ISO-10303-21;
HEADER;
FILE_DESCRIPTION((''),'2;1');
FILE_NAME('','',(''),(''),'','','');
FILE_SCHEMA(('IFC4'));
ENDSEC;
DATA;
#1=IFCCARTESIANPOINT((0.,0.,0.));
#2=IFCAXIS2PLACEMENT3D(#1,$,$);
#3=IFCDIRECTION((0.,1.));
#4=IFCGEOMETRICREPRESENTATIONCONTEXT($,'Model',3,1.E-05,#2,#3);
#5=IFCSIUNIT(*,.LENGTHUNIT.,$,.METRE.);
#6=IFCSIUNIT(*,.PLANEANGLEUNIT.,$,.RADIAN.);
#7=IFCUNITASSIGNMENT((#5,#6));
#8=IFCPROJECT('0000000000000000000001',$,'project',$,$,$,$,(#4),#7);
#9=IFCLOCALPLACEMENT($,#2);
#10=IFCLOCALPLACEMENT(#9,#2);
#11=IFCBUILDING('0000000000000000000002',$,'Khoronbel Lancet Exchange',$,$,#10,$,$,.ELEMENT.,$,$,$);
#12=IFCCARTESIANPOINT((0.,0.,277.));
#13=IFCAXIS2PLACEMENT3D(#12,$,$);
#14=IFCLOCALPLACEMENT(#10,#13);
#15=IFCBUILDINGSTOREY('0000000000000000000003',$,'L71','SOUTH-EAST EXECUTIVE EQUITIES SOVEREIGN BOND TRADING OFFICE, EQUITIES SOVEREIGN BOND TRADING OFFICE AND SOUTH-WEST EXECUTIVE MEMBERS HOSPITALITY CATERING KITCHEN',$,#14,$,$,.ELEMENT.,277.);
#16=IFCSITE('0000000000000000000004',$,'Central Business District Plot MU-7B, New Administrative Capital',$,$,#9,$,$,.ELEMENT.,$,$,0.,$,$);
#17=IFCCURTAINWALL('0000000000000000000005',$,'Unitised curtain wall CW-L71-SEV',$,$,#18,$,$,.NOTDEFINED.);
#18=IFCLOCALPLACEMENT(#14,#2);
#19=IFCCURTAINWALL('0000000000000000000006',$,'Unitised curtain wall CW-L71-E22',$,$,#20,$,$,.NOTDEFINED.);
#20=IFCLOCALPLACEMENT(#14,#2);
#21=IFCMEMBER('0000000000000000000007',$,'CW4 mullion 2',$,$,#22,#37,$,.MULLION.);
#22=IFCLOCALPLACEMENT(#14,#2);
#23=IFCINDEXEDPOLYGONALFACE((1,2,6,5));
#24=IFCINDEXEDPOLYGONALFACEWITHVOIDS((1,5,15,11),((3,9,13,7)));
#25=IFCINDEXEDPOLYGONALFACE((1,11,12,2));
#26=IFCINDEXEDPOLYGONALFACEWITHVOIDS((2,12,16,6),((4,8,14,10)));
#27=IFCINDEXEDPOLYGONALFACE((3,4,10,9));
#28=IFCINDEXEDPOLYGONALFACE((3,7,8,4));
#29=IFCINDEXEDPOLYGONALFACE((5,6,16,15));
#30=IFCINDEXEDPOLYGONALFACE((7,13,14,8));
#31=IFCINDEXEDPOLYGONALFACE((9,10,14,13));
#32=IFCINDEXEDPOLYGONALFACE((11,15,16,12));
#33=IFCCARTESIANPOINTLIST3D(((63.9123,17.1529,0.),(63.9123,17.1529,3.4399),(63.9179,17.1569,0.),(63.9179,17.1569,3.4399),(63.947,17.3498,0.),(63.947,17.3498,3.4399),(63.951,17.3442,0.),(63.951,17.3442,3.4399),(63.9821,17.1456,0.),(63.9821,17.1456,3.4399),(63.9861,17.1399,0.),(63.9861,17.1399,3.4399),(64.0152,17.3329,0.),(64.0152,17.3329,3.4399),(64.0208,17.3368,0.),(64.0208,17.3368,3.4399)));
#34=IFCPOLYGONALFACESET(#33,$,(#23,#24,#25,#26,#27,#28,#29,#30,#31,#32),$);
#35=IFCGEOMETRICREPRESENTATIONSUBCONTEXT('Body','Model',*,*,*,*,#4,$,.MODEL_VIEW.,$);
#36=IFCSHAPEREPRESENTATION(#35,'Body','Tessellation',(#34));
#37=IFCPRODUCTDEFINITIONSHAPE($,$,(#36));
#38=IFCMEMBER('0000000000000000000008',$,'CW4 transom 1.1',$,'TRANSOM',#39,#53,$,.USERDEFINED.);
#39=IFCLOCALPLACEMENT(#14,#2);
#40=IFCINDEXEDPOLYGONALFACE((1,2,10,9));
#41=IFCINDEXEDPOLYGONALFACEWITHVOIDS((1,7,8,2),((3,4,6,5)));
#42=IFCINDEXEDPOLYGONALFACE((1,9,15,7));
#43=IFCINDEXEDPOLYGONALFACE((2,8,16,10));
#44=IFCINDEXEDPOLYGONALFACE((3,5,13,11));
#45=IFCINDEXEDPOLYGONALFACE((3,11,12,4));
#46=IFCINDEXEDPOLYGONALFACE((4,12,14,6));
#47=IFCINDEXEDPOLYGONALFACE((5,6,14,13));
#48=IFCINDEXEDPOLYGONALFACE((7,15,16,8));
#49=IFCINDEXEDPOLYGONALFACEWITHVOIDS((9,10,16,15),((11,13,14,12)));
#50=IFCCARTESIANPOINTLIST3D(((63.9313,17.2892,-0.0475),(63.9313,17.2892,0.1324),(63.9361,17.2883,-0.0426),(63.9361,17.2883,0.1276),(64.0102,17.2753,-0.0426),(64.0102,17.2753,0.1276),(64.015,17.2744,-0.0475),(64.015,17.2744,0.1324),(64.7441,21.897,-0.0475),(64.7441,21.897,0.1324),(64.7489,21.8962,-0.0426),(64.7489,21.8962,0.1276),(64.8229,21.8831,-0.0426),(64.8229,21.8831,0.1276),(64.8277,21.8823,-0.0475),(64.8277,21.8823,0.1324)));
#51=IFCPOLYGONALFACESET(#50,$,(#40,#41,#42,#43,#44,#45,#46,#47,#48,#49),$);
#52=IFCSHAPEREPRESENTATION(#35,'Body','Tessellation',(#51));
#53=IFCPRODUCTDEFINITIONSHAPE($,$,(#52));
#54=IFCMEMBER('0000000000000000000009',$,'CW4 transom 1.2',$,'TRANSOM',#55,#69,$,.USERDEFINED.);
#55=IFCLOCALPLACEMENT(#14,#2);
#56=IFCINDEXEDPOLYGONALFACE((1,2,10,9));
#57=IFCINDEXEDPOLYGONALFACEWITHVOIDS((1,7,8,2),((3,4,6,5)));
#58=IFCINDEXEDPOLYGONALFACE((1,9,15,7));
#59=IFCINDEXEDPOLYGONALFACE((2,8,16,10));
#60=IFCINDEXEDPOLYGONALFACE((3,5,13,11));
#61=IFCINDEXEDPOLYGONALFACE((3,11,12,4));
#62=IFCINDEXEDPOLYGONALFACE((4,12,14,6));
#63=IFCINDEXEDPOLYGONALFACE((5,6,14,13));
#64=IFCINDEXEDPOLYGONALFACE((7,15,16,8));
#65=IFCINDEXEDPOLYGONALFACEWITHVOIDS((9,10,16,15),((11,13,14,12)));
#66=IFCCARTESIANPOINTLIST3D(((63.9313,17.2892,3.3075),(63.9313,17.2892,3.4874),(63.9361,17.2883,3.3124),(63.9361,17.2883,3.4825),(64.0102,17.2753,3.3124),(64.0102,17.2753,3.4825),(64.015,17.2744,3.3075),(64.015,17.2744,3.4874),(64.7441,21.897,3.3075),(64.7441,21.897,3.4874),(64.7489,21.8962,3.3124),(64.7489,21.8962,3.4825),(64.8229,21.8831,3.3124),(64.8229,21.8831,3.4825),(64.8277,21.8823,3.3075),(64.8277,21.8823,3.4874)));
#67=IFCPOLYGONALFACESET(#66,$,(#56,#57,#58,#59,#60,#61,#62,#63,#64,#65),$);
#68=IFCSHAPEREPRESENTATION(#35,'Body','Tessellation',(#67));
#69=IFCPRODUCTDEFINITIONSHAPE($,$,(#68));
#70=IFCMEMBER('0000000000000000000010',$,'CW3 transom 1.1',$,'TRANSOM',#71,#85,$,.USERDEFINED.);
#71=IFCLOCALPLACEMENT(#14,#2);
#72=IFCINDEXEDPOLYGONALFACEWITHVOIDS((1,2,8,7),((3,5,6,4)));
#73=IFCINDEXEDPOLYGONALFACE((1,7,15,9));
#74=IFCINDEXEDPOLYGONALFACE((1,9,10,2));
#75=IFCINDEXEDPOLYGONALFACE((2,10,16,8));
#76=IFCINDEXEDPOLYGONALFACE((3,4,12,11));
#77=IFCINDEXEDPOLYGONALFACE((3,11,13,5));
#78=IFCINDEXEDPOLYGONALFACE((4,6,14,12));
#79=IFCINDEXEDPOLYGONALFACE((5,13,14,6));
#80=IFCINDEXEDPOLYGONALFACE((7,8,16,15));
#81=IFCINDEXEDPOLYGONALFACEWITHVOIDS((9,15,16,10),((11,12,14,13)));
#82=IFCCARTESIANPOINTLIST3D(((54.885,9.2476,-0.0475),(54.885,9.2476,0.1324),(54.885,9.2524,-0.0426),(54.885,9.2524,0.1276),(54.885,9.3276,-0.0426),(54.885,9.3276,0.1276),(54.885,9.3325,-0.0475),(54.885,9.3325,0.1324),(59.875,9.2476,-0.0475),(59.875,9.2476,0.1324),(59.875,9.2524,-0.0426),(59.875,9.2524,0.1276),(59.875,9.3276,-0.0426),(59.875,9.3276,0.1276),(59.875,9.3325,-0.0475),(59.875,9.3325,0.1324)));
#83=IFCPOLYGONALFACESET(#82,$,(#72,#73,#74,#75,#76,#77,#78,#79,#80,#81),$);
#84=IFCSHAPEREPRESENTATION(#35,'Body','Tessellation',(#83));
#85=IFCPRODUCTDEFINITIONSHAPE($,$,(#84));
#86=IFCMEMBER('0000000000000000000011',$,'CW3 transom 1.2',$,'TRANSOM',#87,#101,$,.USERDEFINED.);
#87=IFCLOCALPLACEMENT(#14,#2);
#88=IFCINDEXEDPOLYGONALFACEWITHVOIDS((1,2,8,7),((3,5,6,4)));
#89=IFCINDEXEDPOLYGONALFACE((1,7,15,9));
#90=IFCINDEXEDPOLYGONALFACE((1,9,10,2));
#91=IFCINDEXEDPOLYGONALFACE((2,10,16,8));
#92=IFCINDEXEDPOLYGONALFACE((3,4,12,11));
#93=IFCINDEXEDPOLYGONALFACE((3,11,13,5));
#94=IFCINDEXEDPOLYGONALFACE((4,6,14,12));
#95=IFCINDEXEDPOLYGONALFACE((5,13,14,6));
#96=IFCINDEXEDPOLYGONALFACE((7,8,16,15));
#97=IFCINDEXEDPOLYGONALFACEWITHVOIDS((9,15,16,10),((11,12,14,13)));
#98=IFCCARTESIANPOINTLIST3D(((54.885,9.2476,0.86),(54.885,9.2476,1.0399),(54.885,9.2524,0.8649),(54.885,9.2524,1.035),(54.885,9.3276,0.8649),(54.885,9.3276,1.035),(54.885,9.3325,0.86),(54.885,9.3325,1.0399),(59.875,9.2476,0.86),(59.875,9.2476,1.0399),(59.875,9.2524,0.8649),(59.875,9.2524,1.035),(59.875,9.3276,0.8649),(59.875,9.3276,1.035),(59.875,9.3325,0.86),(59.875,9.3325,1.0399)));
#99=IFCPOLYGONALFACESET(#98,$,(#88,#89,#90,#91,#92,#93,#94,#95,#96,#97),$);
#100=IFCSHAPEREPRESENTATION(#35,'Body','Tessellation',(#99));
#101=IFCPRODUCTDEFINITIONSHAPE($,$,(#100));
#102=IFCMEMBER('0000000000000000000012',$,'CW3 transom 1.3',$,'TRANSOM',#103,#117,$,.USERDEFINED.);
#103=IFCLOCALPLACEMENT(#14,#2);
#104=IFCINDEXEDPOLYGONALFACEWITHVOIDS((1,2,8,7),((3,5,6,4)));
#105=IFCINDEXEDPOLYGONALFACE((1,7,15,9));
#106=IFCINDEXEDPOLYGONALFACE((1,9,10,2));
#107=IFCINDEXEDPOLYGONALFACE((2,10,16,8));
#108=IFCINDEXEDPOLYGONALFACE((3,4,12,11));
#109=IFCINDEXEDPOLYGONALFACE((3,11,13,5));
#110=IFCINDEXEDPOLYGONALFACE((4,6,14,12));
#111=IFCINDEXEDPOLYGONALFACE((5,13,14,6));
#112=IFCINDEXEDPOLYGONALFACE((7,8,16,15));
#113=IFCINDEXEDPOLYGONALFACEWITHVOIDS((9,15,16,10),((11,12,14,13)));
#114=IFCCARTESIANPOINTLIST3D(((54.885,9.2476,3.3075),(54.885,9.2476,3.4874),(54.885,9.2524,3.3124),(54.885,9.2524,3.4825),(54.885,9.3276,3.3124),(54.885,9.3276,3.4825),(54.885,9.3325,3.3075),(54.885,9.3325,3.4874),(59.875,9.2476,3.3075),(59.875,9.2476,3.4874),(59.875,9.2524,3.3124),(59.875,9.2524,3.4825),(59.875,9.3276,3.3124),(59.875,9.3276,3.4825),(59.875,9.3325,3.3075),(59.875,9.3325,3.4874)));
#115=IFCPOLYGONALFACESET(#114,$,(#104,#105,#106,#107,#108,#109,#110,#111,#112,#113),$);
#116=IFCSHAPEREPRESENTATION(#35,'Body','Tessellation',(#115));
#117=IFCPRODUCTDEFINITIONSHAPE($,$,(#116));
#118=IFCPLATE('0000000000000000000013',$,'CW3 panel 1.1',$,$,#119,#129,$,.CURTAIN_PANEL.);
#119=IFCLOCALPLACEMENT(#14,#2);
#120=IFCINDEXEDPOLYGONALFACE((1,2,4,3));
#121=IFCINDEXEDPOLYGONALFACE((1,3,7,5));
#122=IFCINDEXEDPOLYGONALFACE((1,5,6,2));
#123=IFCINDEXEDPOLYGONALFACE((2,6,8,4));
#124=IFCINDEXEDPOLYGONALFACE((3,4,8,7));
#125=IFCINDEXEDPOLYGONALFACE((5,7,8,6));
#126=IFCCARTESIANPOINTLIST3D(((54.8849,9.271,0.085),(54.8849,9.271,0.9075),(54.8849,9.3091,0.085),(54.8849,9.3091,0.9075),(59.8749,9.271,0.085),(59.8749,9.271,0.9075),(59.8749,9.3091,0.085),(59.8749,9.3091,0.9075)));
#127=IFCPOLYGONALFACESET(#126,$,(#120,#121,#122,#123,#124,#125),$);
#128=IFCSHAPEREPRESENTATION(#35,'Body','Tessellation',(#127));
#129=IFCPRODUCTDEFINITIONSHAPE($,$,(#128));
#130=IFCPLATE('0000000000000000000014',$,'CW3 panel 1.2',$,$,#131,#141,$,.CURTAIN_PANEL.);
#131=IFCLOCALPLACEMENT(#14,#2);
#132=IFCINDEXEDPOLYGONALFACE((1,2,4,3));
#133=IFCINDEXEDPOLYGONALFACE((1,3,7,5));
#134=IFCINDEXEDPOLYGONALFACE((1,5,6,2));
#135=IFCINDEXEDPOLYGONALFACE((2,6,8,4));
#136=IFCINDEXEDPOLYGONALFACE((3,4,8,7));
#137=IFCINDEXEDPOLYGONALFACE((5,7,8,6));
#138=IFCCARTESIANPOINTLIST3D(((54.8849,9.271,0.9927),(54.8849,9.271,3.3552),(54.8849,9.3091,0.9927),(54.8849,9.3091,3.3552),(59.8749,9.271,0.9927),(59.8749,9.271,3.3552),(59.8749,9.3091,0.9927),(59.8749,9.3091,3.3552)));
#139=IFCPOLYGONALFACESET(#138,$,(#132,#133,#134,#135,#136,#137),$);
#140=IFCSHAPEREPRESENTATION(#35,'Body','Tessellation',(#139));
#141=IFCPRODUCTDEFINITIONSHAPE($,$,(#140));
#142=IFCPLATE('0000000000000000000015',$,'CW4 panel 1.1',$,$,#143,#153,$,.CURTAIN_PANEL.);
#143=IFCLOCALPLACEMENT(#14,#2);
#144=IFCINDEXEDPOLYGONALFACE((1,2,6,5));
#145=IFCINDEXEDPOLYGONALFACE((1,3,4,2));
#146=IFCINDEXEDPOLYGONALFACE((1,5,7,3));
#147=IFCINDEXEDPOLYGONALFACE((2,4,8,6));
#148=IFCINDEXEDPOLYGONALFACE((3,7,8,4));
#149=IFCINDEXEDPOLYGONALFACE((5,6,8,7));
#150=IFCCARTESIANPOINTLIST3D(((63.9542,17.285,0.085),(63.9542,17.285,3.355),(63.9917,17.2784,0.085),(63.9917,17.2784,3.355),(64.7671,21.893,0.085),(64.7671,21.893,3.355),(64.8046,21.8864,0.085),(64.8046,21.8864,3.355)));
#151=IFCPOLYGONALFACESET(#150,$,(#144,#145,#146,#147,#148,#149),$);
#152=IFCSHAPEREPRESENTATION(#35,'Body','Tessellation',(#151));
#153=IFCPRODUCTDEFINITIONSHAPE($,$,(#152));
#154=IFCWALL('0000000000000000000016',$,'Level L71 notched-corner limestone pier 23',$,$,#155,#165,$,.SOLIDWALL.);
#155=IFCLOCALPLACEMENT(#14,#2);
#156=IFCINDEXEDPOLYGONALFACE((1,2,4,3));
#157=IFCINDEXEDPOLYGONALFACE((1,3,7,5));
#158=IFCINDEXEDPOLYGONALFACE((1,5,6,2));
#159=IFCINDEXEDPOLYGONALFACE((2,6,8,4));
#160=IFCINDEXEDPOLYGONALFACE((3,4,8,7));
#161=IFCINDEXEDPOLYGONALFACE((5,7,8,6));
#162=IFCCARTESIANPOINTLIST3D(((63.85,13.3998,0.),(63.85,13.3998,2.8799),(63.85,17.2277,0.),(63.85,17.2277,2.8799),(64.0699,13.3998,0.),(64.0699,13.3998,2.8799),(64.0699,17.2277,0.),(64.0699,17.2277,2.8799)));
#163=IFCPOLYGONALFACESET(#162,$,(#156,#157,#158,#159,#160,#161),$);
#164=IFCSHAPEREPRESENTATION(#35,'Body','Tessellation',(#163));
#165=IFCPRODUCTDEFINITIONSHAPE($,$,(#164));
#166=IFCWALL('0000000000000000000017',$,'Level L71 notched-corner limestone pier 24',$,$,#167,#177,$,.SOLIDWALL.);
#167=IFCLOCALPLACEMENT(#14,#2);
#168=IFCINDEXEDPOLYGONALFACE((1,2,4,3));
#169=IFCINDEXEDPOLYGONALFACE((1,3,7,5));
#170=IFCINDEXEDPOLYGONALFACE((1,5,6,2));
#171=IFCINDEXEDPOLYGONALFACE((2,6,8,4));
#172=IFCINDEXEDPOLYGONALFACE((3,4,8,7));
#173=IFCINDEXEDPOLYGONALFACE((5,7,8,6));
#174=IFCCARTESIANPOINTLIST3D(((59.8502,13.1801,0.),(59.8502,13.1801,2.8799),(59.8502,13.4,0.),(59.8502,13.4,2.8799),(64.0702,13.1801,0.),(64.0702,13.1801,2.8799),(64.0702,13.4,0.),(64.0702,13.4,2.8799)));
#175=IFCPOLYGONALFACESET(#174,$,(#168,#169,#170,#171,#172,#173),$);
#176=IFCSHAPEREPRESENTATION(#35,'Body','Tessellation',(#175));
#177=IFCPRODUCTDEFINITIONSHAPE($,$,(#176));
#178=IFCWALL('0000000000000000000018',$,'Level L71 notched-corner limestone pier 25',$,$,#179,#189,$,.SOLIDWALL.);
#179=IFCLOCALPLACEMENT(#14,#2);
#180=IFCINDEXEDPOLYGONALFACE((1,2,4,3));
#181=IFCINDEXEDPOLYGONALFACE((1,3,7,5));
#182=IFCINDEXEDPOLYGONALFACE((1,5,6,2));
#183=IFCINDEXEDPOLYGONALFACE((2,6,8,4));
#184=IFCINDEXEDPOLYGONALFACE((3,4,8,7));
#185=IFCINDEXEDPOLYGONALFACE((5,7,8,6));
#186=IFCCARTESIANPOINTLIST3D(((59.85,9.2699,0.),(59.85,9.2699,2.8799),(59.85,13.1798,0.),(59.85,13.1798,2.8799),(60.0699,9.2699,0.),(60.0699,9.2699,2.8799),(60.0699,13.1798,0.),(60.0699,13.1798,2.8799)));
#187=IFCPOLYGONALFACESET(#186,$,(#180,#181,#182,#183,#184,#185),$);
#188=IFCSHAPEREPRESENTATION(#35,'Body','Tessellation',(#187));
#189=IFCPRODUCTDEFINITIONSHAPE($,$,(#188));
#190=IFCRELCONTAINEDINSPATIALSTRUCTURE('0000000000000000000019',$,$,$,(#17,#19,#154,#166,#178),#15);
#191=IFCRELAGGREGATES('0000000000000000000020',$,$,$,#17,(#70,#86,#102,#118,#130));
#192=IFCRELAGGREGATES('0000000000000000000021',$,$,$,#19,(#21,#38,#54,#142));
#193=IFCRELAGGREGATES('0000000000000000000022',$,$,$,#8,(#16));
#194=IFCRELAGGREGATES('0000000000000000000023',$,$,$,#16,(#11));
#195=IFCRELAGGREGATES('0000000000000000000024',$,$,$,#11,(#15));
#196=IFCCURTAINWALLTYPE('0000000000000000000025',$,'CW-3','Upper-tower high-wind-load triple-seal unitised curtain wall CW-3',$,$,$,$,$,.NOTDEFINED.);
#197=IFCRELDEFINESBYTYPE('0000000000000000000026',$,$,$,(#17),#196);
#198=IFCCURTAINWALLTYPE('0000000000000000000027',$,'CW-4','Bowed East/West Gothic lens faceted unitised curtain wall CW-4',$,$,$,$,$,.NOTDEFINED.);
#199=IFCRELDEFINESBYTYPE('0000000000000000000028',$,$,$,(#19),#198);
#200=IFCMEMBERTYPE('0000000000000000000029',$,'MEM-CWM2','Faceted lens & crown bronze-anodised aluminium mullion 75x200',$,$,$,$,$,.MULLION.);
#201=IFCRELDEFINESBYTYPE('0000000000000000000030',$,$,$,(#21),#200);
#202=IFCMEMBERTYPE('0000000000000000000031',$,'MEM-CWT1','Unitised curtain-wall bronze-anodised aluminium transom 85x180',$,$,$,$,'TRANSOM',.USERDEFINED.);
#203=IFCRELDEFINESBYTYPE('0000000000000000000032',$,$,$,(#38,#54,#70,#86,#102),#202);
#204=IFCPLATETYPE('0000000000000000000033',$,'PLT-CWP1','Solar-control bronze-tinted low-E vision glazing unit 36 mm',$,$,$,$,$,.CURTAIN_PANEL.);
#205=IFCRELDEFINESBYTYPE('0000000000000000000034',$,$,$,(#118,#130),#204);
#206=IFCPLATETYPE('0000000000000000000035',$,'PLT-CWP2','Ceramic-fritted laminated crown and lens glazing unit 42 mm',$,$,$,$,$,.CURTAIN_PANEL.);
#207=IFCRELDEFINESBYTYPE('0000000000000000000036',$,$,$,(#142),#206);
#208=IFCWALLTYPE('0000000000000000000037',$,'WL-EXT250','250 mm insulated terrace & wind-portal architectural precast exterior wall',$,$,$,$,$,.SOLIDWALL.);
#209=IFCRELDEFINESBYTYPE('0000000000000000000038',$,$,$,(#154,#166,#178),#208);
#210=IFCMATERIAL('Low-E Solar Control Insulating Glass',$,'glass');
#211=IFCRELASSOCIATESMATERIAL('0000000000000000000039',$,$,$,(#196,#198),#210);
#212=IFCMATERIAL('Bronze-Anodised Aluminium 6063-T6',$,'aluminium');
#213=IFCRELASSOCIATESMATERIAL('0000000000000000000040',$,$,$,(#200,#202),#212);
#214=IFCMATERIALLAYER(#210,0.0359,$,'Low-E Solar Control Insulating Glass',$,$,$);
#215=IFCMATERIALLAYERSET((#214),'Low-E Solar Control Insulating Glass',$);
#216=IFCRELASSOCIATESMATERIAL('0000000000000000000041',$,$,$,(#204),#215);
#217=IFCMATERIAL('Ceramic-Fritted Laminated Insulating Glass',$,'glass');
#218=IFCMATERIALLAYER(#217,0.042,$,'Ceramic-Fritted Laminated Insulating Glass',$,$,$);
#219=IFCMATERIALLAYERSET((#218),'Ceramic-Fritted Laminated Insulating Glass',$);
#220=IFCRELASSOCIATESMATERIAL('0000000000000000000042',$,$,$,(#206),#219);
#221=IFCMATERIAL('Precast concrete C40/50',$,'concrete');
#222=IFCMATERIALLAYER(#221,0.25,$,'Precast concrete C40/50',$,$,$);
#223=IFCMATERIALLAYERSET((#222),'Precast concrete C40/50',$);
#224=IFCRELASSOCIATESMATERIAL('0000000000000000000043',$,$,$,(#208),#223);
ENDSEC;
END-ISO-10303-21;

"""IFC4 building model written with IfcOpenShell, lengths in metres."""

from ifc_helpers import new_model, si_unit, direction, frame, frame_2d, origin, origin_2d, place, context, subcontext, project, spatial, rectangle, hollow_rectangle, extrude, material, layer, layer_set, material_profile, profile_set, type_object, element, aggregate, save


model = new_model("IFC4")

# Units and contexts
model_context = context("Model", 3, precision=1e-05, world=origin(), true_north=direction((0.0, 1.0)))
body_context = subcontext(model_context, "Body", "Model", "MODEL_VIEW")
ifc_project = project(units=[si_unit("LENGTHUNIT", "METRE"), si_unit("PLANEANGLEUNIT", "RADIAN")], contexts=[model_context])

# Site, building, storey
site_placement = place(None, origin())
site = spatial("IfcSite", under=ifc_project, at=site_placement, Name="Central Business District Plot MU-7B, New Administrative Capital", CompositionType="ELEMENT", RefElevation=0.0)
building_placement = place(site_placement, origin())
building = spatial("IfcBuilding", under=site, at=building_placement, Name="Khoronbel Lancet Exchange", CompositionType="ELEMENT")
storey_placement = place(building_placement, frame((0.0, 0.0, 277.0)))
storey = spatial("IfcBuildingStorey", under=building, at=storey_placement, Name="L71", Description="SOUTH-EAST EXECUTIVE EQUITIES SOVEREIGN BOND TRADING OFFICE, EQUITIES SOVEREIGN BOND TRADING OFFICE AND SOUTH-WEST EXECUTIVE MEMBERS HOSPITALITY CATERING KITCHEN", CompositionType="ELEMENT", Elevation=277.0)

# Shared definitions
ifc_material_1 = material(Name="Low-E Solar Control Insulating Glass", Category="glass")
curtain_wall_type_1 = type_object("IfcCurtainWallType", Name="CW-3", Description="Upper-tower high-wind-load triple-seal unitised curtain wall CW-3", PredefinedType="NOTDEFINED", material=ifc_material_1)
ifc_material_2 = material(Name="Bronze-Anodised Aluminium 6063-T6", Category="aluminium")

# Curtain wall
curtain_wall_1_placement = place(storey_placement, origin())
curtain_wall_1 = element("IfcCurtainWall", 1, at=curtain_wall_1_placement, inside=storey, type_object=curtain_wall_type_1, Name="Unitised curtain wall CW-L71-SEV", PredefinedType="NOTDEFINED")

# Shared definitions
curtain_wall_type_2 = type_object("IfcCurtainWallType", Name="CW-4", Description="Bowed East/West Gothic lens faceted unitised curtain wall CW-4", PredefinedType="NOTDEFINED", material=ifc_material_1)
ifc_material_profile_1 = material_profile(ifc_material_2, hollow_rectangle(XDim=0.075, YDim=0.2, WallThickness=0.0049, at=origin_2d()), Name="ALU MULLION 75x200")
ifc_profile_set_1 = profile_set([ifc_material_profile_1], Name="Bronze-Anodised Aluminium 6063-T6")
member_type_1 = type_object("IfcMemberType", Name="MEM-CWM2", Description="Faceted lens & crown bronze-anodised aluminium mullion 75x200", PredefinedType="MULLION", material=ifc_profile_set_1)

# Curtain wall, members
curtain_wall_2_placement = place(storey_placement, origin())
curtain_wall_2 = element("IfcCurtainWall", 2, at=curtain_wall_2_placement, inside=storey, type_object=curtain_wall_type_2, Name="Unitised curtain wall CW-L71-E22", PredefinedType="NOTDEFINED")
member_1_placement = place(storey_placement, frame((63.9666, 17.2449, 0.0), z_axis=(0.0, 0.0, 1.0), x_axis=(0.984792, -0.173737, 0.0)))
member_1 = element("IfcMember", 3, at=member_1_placement, type_object=member_type_1, Name="CW4 mullion 2", PredefinedType="MULLION", context=body_context, shape_type="SweptSolid", body=[
    extrude(hollow_rectangle(XDim=0.075, YDim=0.2, WallThickness=0.0049, at=origin_2d()), origin(), (0.0, 0.0, 1.0), 3.4399),
])
ifc_material_profile_2 = material_profile(ifc_material_2, hollow_rectangle(XDim=0.085, YDim=0.1799, WallThickness=0.0049, at=origin_2d()), Name="ALU TRANSOM 85x180")
ifc_profile_set_2 = profile_set([ifc_material_profile_2], Name="Bronze-Anodised Aluminium 6063-T6")
member_type_2 = type_object("IfcMemberType", Name="MEM-CWT1", Description="Unitised curtain-wall bronze-anodised aluminium transom 85x180", ElementType="TRANSOM", PredefinedType="USERDEFINED", material=ifc_profile_set_2)
member_2_placement = place(storey_placement, frame((64.7859, 21.8896, 0.0425), z_axis=(-0.173699, -0.984799, 0.0), x_axis=(0.984799, -0.173699, 0.0)))
member_2 = element("IfcMember", 4, at=member_2_placement, type_object=member_type_2, Name="CW4 transom 1.1", ObjectType="TRANSOM", PredefinedType="USERDEFINED", context=body_context, shape_type="SweptSolid", body=[
    extrude(hollow_rectangle(XDim=0.085, YDim=0.1799, WallThickness=0.0049, at=origin_2d()), origin(), (0.0, 0.0, 1.0), 4.679),
])
member_3_placement = place(storey_placement, frame((64.7859, 21.8896, 3.3975), z_axis=(-0.173699, -0.984799, 0.0), x_axis=(0.984799, -0.173699, 0.0)))
member_3 = element("IfcMember", 5, at=member_3_placement, type_object=member_type_2, Name="CW4 transom 1.2", ObjectType="TRANSOM", PredefinedType="USERDEFINED", context=body_context, shape_type="SweptSolid", body=[
    extrude(hollow_rectangle(XDim=0.085, YDim=0.1799, WallThickness=0.0049, at=origin_2d()), origin(), (0.0, 0.0, 1.0), 4.679),
])

# Members
member_4_placement = place(storey_placement, frame((54.885, 9.29, 0.0425), z_axis=(1.0, 0.0, 0.0), x_axis=(0.0, 1.0, 0.0)))
member_4 = element("IfcMember", 6, at=member_4_placement, type_object=member_type_2, Name="CW3 transom 1.1", ObjectType="TRANSOM", PredefinedType="USERDEFINED", context=body_context, shape_type="SweptSolid", body=[
    extrude(hollow_rectangle(XDim=0.085, YDim=0.1799, WallThickness=0.0049, at=origin_2d()), origin(), (0.0, 0.0, 1.0), 4.99),
])
member_5_placement = place(storey_placement, frame((54.885, 9.29, 0.95), z_axis=(1.0, 0.0, 0.0), x_axis=(0.0, 1.0, 0.0)))
member_5 = element("IfcMember", 7, at=member_5_placement, type_object=member_type_2, Name="CW3 transom 1.2", ObjectType="TRANSOM", PredefinedType="USERDEFINED", context=body_context, shape_type="SweptSolid", body=[
    extrude(hollow_rectangle(XDim=0.085, YDim=0.1799, WallThickness=0.0049, at=origin_2d()), origin(), (0.0, 0.0, 1.0), 4.99),
])
member_6_placement = place(storey_placement, frame((54.885, 9.29, 3.3975), z_axis=(1.0, 0.0, 0.0), x_axis=(0.0, 1.0, 0.0)))
member_6 = element("IfcMember", 8, at=member_6_placement, type_object=member_type_2, Name="CW3 transom 1.3", ObjectType="TRANSOM", PredefinedType="USERDEFINED", context=body_context, shape_type="SweptSolid", body=[
    extrude(hollow_rectangle(XDim=0.085, YDim=0.1799, WallThickness=0.0049, at=origin_2d()), origin(), (0.0, 0.0, 1.0), 4.99),
])

# Plates
ifc_layer_1 = layer(ifc_material_1, 0.0359, Name="Low-E Solar Control Insulating Glass")
ifc_layer_set_1 = layer_set([ifc_layer_1], Name="Low-E Solar Control Insulating Glass")
plate_type_1 = type_object("IfcPlateType", Name="PLT-CWP1", Description="Solar-control bronze-tinted low-E vision glazing unit 36 mm", PredefinedType="CURTAIN_PANEL", material=ifc_layer_set_1)
plate_1_placement = place(storey_placement, frame((57.3799, 9.29, 0.085), z_axis=(0.0, 0.0, 1.0), x_axis=(1.0, 0.0, 0.0)))
plate_1 = element("IfcPlate", 9, at=plate_1_placement, type_object=plate_type_1, Name="CW3 panel 1.1", PredefinedType="CURTAIN_PANEL", context=body_context, shape_type="SweptSolid", body=[
    extrude(rectangle(XDim=4.99, YDim=0.0381, at=origin_2d()), origin(), (0.0, 0.0, 1.0), 0.8225),
])
plate_2_placement = place(storey_placement, frame((57.3799, 9.29, 0.9927), z_axis=(0.0, 0.0, 1.0), x_axis=(1.0, 0.0, 0.0)))
plate_2 = element("IfcPlate", 10, at=plate_2_placement, type_object=plate_type_1, Name="CW3 panel 1.2", PredefinedType="CURTAIN_PANEL", context=body_context, shape_type="SweptSolid", body=[
    extrude(rectangle(XDim=4.99, YDim=0.0381, at=origin_2d()), origin(), (0.0, 0.0, 1.0), 2.3625),
])
aggregate(curtain_wall_1, [member_4, member_5, member_6, plate_1, plate_2])
ifc_material_3 = material(Name="Ceramic-Fritted Laminated Insulating Glass", Category="glass")
ifc_layer_2 = layer(ifc_material_3, 0.042, Name="Ceramic-Fritted Laminated Insulating Glass")
ifc_layer_set_2 = layer_set([ifc_layer_2], Name="Ceramic-Fritted Laminated Insulating Glass")
plate_type_2 = type_object("IfcPlateType", Name="PLT-CWP2", Description="Ceramic-fritted laminated crown and lens glazing unit 42 mm", PredefinedType="CURTAIN_PANEL", material=ifc_layer_set_2)
plate_3_placement = place(storey_placement, frame((64.3794, 19.5857, 0.085), z_axis=(0.0, 0.0, 1.0), x_axis=(-0.173737, -0.984792, 0.0)))
plate_3 = element("IfcPlate", 11, at=plate_3_placement, type_object=plate_type_2, Name="CW4 panel 1.1", PredefinedType="CURTAIN_PANEL", context=body_context, shape_type="SweptSolid", body=[
    extrude(rectangle(XDim=4.6792, YDim=0.0381, at=origin_2d()), origin(), (0.0, 0.0, 1.0), 3.27),
])
aggregate(curtain_wall_2, [member_1, member_2, member_3, plate_3])

# Walls
ifc_material_4 = material(Name="Precast concrete C40/50", Category="concrete")
ifc_layer_3 = layer(ifc_material_4, 0.25, Name="Precast concrete C40/50")
ifc_layer_set_3 = layer_set([ifc_layer_3], Name="Precast concrete C40/50")
wall_type_1 = type_object("IfcWallType", Name="WL-EXT250", Description="250 mm insulated terrace & wind-portal architectural precast exterior wall", PredefinedType="SOLIDWALL", material=ifc_layer_set_3)
wall_1_placement = place(storey_placement, frame((63.96, 17.2278, 0.0), z_axis=(0.0, 0.0, 1.0), x_axis=(0.0, -1.0, 0.0)))
element("IfcWall", 12, at=wall_1_placement, inside=storey, type_object=wall_type_1, Name="Level L71 notched-corner limestone pier 23", PredefinedType="SOLIDWALL", context=body_context, shape_type="SweptSolid", body=[
    extrude(rectangle(XDim=3.8279, YDim=0.22, at=frame_2d((1.9141, 0.0))), origin(), (0.0, 0.0, 1.0), 2.8799),
])
wall_2_placement = place(storey_placement, frame((64.0701, 13.29, 0.0), z_axis=(0.0, 0.0, 1.0), x_axis=(-1.0, 0.0, 0.0)))
element("IfcWall", 13, at=wall_2_placement, inside=storey, type_object=wall_type_1, Name="Level L71 notched-corner limestone pier 24", PredefinedType="SOLIDWALL", context=body_context, shape_type="SweptSolid", body=[
    extrude(rectangle(XDim=4.22, YDim=0.22, at=frame_2d((2.1099, 0.0))), origin(), (0.0, 0.0, 1.0), 2.8799),
])
wall_3_placement = place(storey_placement, frame((59.96, 13.1799, 0.0), z_axis=(0.0, 0.0, 1.0), x_axis=(0.0, -1.0, 0.0)))
element("IfcWall", 14, at=wall_3_placement, inside=storey, type_object=wall_type_1, Name="Level L71 notched-corner limestone pier 25", PredefinedType="SOLIDWALL", context=body_context, shape_type="SweptSolid", body=[
    extrude(rectangle(XDim=3.9099, YDim=0.22, at=frame_2d((1.9551, 0.0))), origin(), (0.0, 0.0, 1.0), 2.8799),
])

save(model, "model.ifc")
